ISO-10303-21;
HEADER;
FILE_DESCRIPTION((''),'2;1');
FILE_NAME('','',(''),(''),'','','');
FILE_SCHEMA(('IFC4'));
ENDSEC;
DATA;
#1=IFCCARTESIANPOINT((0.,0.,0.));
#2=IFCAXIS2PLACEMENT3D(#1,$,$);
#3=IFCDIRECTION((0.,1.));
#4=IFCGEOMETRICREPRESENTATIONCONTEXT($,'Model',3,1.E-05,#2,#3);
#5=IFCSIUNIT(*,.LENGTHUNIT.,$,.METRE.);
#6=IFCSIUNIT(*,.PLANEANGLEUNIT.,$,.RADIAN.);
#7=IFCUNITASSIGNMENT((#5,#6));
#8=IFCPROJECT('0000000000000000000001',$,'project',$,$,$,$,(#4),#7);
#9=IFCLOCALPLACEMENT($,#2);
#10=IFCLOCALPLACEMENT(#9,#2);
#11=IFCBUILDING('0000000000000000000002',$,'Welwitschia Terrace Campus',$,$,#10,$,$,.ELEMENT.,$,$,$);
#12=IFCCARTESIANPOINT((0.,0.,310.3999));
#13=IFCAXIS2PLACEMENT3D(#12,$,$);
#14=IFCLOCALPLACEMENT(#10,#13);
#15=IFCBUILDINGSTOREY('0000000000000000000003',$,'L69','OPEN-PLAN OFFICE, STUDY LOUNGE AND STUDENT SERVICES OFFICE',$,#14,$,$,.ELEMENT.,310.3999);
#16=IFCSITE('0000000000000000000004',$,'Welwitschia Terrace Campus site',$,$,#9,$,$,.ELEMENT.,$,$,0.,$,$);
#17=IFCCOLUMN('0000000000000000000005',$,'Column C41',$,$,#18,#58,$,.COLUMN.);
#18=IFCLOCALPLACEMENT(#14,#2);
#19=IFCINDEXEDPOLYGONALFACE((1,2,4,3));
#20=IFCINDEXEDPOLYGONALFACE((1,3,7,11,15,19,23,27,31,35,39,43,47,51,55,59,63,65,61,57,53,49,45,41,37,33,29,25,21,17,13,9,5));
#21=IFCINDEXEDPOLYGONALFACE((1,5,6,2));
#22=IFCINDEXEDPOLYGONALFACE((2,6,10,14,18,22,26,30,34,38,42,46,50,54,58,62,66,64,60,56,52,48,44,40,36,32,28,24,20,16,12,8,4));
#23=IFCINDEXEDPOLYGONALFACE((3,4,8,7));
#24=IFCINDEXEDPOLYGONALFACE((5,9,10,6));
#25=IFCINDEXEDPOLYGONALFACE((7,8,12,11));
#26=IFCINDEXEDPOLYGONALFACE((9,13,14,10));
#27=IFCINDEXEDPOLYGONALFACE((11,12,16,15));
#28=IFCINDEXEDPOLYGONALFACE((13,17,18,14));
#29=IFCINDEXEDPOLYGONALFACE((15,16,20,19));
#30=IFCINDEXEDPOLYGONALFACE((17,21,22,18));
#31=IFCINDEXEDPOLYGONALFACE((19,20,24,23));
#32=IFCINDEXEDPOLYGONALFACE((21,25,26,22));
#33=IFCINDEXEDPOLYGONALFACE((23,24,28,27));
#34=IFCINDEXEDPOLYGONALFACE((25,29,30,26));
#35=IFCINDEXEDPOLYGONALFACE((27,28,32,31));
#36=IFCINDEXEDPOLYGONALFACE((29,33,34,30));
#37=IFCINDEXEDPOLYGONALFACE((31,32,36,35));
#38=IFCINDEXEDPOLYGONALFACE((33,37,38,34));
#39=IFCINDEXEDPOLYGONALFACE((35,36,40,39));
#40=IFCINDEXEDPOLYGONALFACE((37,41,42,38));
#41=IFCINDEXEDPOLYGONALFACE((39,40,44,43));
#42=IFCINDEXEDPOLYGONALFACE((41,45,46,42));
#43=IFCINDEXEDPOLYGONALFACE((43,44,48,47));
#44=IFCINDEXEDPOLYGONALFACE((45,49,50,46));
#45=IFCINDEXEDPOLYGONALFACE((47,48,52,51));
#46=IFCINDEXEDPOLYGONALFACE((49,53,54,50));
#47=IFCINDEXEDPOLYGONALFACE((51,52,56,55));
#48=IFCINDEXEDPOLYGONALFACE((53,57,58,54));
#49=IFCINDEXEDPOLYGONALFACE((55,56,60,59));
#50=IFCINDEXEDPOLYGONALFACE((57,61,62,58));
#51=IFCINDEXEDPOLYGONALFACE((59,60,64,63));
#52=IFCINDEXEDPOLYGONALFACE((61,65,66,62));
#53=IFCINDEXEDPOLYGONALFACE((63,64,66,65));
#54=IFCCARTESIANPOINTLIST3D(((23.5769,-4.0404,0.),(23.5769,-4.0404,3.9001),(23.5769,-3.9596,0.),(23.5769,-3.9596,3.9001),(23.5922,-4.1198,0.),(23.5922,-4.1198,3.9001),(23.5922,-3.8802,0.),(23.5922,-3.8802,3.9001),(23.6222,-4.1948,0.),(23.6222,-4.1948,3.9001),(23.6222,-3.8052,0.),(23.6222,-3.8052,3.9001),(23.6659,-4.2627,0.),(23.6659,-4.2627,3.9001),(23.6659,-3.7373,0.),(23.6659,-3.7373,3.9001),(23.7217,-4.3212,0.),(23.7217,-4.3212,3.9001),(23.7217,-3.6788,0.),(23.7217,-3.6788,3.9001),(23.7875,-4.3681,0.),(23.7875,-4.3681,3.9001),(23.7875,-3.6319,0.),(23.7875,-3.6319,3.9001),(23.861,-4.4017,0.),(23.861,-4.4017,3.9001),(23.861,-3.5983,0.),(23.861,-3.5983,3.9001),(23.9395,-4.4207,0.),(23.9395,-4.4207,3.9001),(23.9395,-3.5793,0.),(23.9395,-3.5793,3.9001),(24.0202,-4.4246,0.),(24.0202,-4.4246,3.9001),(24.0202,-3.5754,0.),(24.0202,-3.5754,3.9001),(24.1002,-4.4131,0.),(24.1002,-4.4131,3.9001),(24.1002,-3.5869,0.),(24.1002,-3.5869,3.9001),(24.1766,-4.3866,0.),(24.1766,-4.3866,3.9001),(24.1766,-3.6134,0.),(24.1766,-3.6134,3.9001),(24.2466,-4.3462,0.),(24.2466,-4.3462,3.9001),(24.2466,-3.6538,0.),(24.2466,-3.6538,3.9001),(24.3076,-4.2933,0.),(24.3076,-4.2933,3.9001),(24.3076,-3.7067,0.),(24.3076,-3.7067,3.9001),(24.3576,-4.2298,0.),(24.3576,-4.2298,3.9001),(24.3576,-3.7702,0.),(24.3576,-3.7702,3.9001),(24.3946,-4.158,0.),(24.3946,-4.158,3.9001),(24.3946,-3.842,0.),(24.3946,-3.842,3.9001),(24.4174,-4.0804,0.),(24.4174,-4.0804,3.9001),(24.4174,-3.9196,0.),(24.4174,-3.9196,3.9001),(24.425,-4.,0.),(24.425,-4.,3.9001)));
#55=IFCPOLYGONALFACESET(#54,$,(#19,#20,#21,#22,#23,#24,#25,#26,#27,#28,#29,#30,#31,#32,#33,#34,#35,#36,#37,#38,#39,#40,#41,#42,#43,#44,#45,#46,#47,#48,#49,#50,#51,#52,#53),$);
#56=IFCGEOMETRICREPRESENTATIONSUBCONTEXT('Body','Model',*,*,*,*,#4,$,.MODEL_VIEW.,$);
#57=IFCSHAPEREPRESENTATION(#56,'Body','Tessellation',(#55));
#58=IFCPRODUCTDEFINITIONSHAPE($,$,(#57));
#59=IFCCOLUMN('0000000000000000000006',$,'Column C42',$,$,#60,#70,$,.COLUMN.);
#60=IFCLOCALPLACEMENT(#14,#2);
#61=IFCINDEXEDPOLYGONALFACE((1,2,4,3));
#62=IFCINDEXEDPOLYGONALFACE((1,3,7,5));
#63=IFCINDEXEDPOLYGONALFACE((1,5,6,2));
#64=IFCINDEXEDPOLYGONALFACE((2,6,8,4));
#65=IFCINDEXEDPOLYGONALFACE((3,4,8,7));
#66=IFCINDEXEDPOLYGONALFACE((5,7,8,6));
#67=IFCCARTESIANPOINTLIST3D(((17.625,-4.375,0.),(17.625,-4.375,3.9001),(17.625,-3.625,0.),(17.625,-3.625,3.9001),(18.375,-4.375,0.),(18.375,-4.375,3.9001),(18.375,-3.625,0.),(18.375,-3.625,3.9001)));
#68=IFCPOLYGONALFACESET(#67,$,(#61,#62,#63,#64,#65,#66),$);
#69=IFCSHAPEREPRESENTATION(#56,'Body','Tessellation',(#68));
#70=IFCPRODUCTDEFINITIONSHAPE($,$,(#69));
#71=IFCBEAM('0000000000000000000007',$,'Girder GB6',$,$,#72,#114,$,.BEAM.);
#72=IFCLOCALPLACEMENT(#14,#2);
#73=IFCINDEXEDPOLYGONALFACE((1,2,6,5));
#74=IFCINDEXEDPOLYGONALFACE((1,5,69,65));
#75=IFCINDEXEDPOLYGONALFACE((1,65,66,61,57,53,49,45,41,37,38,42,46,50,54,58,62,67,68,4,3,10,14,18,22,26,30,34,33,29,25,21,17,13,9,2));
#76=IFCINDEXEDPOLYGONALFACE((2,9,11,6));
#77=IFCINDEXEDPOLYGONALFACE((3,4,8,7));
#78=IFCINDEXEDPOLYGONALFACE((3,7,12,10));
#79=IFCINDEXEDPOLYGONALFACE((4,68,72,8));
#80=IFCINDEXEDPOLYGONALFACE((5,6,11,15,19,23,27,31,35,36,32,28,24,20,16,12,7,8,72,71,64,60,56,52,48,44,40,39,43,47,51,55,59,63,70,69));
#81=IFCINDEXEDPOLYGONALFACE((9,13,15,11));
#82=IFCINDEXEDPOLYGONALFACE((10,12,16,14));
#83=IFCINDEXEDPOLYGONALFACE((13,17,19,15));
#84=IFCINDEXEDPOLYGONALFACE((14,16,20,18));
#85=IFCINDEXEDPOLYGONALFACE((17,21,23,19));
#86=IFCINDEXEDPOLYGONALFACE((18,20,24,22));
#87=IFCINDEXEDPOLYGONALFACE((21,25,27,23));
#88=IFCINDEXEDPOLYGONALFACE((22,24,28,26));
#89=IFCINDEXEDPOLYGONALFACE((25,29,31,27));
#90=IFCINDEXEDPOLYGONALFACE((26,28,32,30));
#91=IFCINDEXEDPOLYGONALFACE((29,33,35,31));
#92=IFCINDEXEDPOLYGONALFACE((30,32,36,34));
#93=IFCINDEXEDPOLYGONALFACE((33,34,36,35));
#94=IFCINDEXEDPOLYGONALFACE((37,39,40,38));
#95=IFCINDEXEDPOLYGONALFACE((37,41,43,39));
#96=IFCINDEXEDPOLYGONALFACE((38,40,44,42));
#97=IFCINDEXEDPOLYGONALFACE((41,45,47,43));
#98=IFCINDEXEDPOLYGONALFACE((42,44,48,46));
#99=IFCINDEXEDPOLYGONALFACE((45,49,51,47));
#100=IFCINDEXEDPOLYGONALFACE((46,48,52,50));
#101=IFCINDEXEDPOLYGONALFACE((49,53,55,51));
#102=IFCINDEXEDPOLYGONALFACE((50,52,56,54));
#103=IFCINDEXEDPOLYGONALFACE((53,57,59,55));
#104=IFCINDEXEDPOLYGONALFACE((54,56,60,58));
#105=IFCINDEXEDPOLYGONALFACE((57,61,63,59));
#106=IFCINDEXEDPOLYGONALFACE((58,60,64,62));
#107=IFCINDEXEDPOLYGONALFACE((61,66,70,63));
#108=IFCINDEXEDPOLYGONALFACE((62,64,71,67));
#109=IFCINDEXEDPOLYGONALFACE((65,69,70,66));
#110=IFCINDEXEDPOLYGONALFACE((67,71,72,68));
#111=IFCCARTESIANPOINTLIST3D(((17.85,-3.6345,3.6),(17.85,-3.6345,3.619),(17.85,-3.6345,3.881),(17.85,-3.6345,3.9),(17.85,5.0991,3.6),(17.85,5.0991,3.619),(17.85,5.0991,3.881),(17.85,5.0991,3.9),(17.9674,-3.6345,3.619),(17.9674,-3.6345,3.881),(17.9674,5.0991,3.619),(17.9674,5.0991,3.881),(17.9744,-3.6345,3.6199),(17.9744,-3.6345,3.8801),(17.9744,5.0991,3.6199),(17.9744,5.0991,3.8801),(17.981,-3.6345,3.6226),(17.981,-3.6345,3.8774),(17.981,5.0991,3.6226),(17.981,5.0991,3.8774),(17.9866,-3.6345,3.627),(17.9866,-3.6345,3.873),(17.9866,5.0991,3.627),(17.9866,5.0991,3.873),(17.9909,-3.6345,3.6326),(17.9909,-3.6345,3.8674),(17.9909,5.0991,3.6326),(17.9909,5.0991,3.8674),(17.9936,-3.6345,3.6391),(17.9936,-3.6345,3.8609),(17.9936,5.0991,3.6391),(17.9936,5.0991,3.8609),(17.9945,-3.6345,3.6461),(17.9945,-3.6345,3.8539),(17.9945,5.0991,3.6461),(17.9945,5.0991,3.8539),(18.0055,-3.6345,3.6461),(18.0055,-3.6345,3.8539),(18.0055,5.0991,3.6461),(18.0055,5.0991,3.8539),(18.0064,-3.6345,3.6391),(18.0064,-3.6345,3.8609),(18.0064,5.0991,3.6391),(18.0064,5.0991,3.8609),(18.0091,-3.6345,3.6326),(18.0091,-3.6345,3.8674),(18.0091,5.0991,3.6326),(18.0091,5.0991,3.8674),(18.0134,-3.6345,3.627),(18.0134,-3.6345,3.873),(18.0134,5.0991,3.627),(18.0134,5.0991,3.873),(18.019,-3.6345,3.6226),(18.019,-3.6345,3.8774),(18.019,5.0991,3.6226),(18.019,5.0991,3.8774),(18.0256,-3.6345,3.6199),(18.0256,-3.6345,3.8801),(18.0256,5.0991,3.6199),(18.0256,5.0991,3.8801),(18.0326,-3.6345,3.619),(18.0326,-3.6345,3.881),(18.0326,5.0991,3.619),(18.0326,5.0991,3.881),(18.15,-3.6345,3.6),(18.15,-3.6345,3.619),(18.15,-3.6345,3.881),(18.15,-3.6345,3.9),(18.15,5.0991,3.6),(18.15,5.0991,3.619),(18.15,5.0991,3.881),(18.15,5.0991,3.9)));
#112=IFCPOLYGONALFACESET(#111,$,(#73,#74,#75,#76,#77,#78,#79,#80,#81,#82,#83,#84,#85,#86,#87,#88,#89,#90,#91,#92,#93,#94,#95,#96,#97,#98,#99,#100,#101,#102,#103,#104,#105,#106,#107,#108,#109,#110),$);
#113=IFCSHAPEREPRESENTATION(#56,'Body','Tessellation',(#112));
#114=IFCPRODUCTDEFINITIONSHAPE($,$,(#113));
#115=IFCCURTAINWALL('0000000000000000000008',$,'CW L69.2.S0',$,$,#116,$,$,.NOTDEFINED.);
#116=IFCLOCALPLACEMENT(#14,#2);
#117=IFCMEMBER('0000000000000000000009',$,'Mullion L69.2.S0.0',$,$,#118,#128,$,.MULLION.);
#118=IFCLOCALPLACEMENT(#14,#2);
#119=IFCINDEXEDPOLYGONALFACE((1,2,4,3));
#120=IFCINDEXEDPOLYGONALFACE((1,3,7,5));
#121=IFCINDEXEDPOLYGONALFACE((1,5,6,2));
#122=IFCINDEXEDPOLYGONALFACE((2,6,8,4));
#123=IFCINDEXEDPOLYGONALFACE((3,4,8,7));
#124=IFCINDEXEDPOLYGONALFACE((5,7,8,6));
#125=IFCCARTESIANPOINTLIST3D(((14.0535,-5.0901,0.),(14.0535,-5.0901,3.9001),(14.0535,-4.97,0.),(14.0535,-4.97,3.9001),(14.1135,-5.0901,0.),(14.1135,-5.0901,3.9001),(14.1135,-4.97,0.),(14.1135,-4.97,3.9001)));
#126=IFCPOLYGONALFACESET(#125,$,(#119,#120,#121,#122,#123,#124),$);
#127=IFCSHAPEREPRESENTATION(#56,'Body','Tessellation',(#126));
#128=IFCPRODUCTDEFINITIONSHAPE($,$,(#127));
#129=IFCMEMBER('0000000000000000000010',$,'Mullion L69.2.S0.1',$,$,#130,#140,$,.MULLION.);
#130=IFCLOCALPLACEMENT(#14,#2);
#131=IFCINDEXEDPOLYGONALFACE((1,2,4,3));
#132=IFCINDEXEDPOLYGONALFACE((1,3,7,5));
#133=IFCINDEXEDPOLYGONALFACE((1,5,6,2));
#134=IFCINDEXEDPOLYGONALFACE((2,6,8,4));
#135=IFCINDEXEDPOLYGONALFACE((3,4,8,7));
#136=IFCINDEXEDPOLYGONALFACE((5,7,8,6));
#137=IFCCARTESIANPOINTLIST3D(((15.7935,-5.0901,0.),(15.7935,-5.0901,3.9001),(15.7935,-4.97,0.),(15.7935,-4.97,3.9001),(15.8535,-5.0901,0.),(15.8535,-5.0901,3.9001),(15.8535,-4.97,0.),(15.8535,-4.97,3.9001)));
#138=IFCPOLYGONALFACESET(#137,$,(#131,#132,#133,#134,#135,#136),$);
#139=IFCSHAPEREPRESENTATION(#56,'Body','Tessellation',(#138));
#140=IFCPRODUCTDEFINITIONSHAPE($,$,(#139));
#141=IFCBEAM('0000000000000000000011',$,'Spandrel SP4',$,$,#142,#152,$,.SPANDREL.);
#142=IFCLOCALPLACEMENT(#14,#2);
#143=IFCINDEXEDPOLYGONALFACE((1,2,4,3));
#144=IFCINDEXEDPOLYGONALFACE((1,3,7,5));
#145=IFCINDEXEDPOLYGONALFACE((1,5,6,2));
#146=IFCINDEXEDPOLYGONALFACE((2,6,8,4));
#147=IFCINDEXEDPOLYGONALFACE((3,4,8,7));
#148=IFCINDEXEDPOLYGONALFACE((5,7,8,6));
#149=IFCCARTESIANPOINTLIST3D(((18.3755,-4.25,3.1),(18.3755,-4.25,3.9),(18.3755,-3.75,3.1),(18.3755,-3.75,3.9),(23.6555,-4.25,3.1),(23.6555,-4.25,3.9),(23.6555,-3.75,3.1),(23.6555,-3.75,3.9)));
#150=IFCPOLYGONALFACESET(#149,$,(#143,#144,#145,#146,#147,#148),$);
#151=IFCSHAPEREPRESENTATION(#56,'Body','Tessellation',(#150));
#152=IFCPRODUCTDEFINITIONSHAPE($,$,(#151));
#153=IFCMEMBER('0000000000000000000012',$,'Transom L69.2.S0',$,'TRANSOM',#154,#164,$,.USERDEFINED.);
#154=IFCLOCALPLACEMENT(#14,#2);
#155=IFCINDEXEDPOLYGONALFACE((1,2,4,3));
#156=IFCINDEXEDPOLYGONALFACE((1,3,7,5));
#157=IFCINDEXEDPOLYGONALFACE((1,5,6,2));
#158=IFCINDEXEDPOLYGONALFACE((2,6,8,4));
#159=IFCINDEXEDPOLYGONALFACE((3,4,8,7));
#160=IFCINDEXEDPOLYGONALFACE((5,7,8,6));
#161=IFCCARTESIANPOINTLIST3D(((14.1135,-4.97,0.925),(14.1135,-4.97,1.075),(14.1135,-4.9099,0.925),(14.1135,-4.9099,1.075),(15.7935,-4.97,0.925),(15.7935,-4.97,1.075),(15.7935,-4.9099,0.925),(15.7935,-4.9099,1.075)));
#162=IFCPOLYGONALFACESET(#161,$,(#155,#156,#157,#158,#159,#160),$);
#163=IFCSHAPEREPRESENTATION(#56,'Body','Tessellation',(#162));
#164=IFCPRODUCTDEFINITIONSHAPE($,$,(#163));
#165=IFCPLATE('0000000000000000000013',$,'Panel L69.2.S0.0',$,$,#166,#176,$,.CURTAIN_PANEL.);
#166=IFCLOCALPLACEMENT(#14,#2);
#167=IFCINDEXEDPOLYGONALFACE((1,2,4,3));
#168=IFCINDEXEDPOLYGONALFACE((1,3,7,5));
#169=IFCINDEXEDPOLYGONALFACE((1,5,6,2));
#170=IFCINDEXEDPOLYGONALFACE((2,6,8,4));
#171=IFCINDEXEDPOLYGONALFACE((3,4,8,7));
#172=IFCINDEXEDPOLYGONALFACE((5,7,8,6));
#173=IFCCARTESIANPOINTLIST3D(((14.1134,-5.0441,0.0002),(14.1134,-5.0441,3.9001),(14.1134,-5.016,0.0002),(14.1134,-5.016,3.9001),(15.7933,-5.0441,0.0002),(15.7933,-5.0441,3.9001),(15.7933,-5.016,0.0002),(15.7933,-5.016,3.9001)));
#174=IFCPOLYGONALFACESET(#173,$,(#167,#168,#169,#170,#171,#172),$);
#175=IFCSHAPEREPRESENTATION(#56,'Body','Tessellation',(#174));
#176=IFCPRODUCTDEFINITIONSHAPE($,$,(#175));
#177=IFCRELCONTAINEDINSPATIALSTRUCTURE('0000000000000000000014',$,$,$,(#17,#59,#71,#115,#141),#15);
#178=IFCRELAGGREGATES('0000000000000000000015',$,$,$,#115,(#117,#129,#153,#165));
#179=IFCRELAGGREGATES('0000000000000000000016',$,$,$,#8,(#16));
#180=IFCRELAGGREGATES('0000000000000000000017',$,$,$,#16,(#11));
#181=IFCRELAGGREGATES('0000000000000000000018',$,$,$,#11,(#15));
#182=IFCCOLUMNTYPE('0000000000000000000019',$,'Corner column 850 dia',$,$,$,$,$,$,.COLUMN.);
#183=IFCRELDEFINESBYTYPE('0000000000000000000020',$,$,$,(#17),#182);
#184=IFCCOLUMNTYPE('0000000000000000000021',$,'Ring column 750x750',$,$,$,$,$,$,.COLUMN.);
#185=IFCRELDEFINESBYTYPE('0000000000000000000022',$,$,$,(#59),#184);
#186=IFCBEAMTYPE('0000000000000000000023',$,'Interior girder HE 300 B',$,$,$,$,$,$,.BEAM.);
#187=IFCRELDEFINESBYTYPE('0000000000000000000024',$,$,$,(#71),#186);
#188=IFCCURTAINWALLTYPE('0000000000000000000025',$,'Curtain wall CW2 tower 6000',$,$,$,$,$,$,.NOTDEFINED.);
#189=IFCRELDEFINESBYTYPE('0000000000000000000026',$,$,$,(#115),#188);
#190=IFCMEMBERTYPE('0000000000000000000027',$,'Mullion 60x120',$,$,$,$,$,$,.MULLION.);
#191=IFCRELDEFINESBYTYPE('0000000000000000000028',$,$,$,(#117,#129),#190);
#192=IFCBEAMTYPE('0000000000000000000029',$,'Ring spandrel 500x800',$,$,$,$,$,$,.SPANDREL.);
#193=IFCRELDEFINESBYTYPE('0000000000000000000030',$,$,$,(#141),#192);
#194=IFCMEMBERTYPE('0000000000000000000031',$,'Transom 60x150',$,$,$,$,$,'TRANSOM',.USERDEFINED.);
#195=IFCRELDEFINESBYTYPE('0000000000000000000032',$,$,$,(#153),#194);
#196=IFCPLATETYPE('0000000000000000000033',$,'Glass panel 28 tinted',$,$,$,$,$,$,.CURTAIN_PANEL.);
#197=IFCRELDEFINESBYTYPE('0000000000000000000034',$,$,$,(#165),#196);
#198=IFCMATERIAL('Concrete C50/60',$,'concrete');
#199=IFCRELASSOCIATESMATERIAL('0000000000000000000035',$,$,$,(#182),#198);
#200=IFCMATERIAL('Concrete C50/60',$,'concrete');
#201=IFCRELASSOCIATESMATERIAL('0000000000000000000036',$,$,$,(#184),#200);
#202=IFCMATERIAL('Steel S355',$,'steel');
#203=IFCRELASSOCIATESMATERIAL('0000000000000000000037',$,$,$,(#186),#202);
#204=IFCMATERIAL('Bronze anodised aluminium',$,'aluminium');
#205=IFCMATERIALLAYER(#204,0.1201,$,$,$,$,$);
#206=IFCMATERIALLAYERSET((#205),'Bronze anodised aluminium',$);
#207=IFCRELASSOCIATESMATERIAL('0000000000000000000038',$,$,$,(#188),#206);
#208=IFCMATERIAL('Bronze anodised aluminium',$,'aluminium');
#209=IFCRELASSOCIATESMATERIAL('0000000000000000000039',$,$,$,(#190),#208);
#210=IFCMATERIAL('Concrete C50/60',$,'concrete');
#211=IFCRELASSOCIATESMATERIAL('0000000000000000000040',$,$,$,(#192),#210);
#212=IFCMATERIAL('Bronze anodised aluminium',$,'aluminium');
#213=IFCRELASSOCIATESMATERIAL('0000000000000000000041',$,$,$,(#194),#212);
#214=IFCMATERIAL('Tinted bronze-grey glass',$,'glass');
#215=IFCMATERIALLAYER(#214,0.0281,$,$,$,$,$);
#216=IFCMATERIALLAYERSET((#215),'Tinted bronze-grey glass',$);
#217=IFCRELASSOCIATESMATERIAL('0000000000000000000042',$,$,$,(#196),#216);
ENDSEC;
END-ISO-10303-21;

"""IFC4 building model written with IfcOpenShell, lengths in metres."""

from ifc_helpers import new_model, si_unit, direction, frame, origin, origin_2d, place, context, subcontext, project, spatial, rectangle, circle, i_section, extrude, material, layer, layer_set, material_profile, profile_set, type_object, element, aggregate, save


model = new_model("IFC4")

# Units and contexts
model_context = context("Model", 3, precision=1e-05, world=origin(), true_north=direction((0.0, 1.0)))
body_context = subcontext(model_context, "Body", "Model", "MODEL_VIEW")
ifc_project = project(units=[si_unit("LENGTHUNIT", "METRE"), si_unit("PLANEANGLEUNIT", "RADIAN")], contexts=[model_context])

# Site, building, storey
site_placement = place(None, origin())
site = spatial("IfcSite", under=ifc_project, at=site_placement, Name="Welwitschia Terrace Campus site", CompositionType="ELEMENT", RefElevation=0.0)
building_placement = place(site_placement, origin())
building = spatial("IfcBuilding", under=site, at=building_placement, Name="Welwitschia Terrace Campus", CompositionType="ELEMENT")
storey_placement = place(building_placement, frame((0.0, 0.0, 310.3999)))
storey = spatial("IfcBuildingStorey", under=building, at=storey_placement, Name="L69", Description="OPEN-PLAN OFFICE, STUDY LOUNGE AND STUDENT SERVICES OFFICE", CompositionType="ELEMENT", Elevation=310.3999)

# Columns
ifc_material_1 = material(Name="Concrete C50/60", Category="concrete")
ifc_material_profile_1 = material_profile(ifc_material_1, circle(Radius=0.425, at=origin_2d()))
ifc_profile_set_1 = profile_set([ifc_material_profile_1], Name="Concrete C50/60")
column_type_1 = type_object("IfcColumnType", Name="Corner column 850 dia", PredefinedType="COLUMN", material=ifc_profile_set_1)
column_1_placement = place(storey_placement, frame((24.0, -4.0, 0.0), z_axis=(0.0, 0.0, 1.0), x_axis=(1.0, 0.0, 0.0)))
element("IfcColumn", 1, at=column_1_placement, inside=storey, type_object=column_type_1, Name="Column C41", PredefinedType="COLUMN", context=body_context, shape_type="SweptSolid", body=[
    extrude(circle(Radius=0.425, at=origin_2d()), origin(), (0.0, 0.0, 1.0), 3.9001),
])
ifc_material_2 = material(Name="Concrete C50/60", Category="concrete")
ifc_material_profile_2 = material_profile(ifc_material_2, rectangle(XDim=0.75, YDim=0.75, at=origin_2d()))
ifc_profile_set_2 = profile_set([ifc_material_profile_2], Name="Concrete C50/60")
column_type_2 = type_object("IfcColumnType", Name="Ring column 750x750", PredefinedType="COLUMN", material=ifc_profile_set_2)
column_2_placement = place(storey_placement, frame((18.0, -4.0, 0.0), z_axis=(0.0, 0.0, 1.0), x_axis=(1.0, 0.0, 0.0)))
element("IfcColumn", 2, at=column_2_placement, inside=storey, type_object=column_type_2, Name="Column C42", PredefinedType="COLUMN", context=body_context, shape_type="SweptSolid", body=[
    extrude(rectangle(XDim=0.75, YDim=0.75, at=origin_2d()), origin(), (0.0, 0.0, 1.0), 3.9001),
])

# Beam
ifc_material_3 = material(Name="Steel S355", Category="steel")
ifc_material_profile_3 = material_profile(ifc_material_3, i_section(OverallWidth=0.3, OverallDepth=0.3, WebThickness=0.011, FlangeThickness=0.019, FilletRadius=0.0271, at=origin_2d()))
ifc_profile_set_3 = profile_set([ifc_material_profile_3], Name="Steel S355")
beam_type_1 = type_object("IfcBeamType", Name="Interior girder HE 300 B", PredefinedType="BEAM", material=ifc_profile_set_3)
beam_1_placement = place(storey_placement, frame((18.0, -3.6345, 3.75), z_axis=(0.0, 1.0, 0.0), x_axis=(-1.0, 0.0, 0.0)))
element("IfcBeam", 3, at=beam_1_placement, inside=storey, type_object=beam_type_1, Name="Girder GB6", PredefinedType="BEAM", context=body_context, shape_type="SweptSolid", body=[
    extrude(i_section(OverallWidth=0.3, OverallDepth=0.3, WebThickness=0.011, FlangeThickness=0.019, FilletRadius=0.0271, at=origin_2d()), origin(), (0.0, 0.0, 1.0), 8.7336),
])

# Curtain wall, members
ifc_material_4 = material(Name="Bronze anodised aluminium", Category="aluminium")
ifc_layer_1 = layer(ifc_material_4, 0.1201)
ifc_layer_set_1 = layer_set([ifc_layer_1], Name="Bronze anodised aluminium")
curtain_wall_type = type_object("IfcCurtainWallType", Name="Curtain wall CW2 tower 6000", PredefinedType="NOTDEFINED", material=ifc_layer_set_1)
curtain_wall_placement = place(storey_placement, origin())
curtain_wall = element("IfcCurtainWall", 4, at=curtain_wall_placement, inside=storey, type_object=curtain_wall_type, Name="CW L69.2.S0", PredefinedType="NOTDEFINED")
ifc_material_5 = material(Name="Bronze anodised aluminium", Category="aluminium")
ifc_material_profile_4 = material_profile(ifc_material_5, rectangle(XDim=0.1201, YDim=0.0601, at=origin_2d()))
ifc_profile_set_4 = profile_set([ifc_material_profile_4], Name="Bronze anodised aluminium")
member_type_1 = type_object("IfcMemberType", Name="Mullion 60x120", PredefinedType="MULLION", material=ifc_profile_set_4)
member_1_placement = place(storey_placement, frame((14.0835, -5.03, 0.0), z_axis=(0.0, 0.0, 1.0), x_axis=(0.0, 1.0, 0.0)))
member_1 = element("IfcMember", 5, at=member_1_placement, type_object=member_type_1, Name="Mullion L69.2.S0.0", PredefinedType="MULLION", context=body_context, shape_type="SweptSolid", body=[
    extrude(rectangle(XDim=0.1201, YDim=0.0601, at=origin_2d()), origin(), (0.0, 0.0, 1.0), 3.9001),
])
member_2_placement = place(storey_placement, frame((15.8235, -5.03, 0.0), z_axis=(0.0, 0.0, 1.0), x_axis=(0.0, 1.0, 0.0)))
member_2 = element("IfcMember", 6, at=member_2_placement, type_object=member_type_1, Name="Mullion L69.2.S0.1", PredefinedType="MULLION", context=body_context, shape_type="SweptSolid", body=[
    extrude(rectangle(XDim=0.1201, YDim=0.0601, at=origin_2d()), origin(), (0.0, 0.0, 1.0), 3.9001),
])

# Beam
ifc_material_6 = material(Name="Concrete C50/60", Category="concrete")
ifc_material_profile_5 = material_profile(ifc_material_6, rectangle(XDim=0.5, YDim=0.8, at=origin_2d()))
ifc_profile_set_5 = profile_set([ifc_material_profile_5], Name="Concrete C50/60")
beam_type_2 = type_object("IfcBeamType", Name="Ring spandrel 500x800", PredefinedType="SPANDREL", material=ifc_profile_set_5)
beam_2_placement = place(storey_placement, frame((18.3755, -4.0, 3.5), z_axis=(1.0, 0.0, 0.0), x_axis=(0.0, 1.0, 0.0)))
element("IfcBeam", 7, at=beam_2_placement, inside=storey, type_object=beam_type_2, Name="Spandrel SP4", PredefinedType="SPANDREL", context=body_context, shape_type="SweptSolid", body=[
    extrude(rectangle(XDim=0.5, YDim=0.8, at=origin_2d()), origin(), (0.0, 0.0, 1.0), 5.28),
])

# Member
ifc_material_7 = material(Name="Bronze anodised aluminium", Category="aluminium")
ifc_material_profile_6 = material_profile(ifc_material_7, rectangle(XDim=0.0601, YDim=0.1499, at=origin_2d()))
ifc_profile_set_6 = profile_set([ifc_material_profile_6], Name="Bronze anodised aluminium")
member_type_2 = type_object("IfcMemberType", Name="Transom 60x150", ElementType="TRANSOM", PredefinedType="USERDEFINED", material=ifc_profile_set_6)
member_3_placement = place(storey_placement, frame((14.1135, -4.9399, 1.0), z_axis=(1.0, 0.0, 0.0), x_axis=(0.0, 1.0, 0.0)))
member_3 = element("IfcMember", 8, at=member_3_placement, type_object=member_type_2, Name="Transom L69.2.S0", ObjectType="TRANSOM", PredefinedType="USERDEFINED", context=body_context, shape_type="SweptSolid", body=[
    extrude(rectangle(XDim=0.0601, YDim=0.1499, at=origin_2d()), origin(), (0.0, 0.0, 1.0), 1.6799),
])

# Plate
ifc_material_8 = material(Name="Tinted bronze-grey glass", Category="glass")
ifc_layer_2 = layer(ifc_material_8, 0.0281)
ifc_layer_set_2 = layer_set([ifc_layer_2], Name="Tinted bronze-grey glass")
plate_type = type_object("IfcPlateType", Name="Glass panel 28 tinted", PredefinedType="CURTAIN_PANEL", material=ifc_layer_set_2)
plate_placement = place(storey_placement, frame((14.9534, -5.03, 0.0002), z_axis=(0.0, 0.0, 1.0), x_axis=(1.0, 0.0, 0.0)))
plate = element("IfcPlate", 9, at=plate_placement, type_object=plate_type, Name="Panel L69.2.S0.0", PredefinedType="CURTAIN_PANEL", context=body_context, shape_type="SweptSolid", body=[
    extrude(rectangle(XDim=1.6799, YDim=0.0281, at=origin_2d()), origin(), (0.0, 0.0, 1.0), 3.8999),
])
aggregate(curtain_wall, [member_1, member_2, member_3, plate])

save(model, "model.ifc")
